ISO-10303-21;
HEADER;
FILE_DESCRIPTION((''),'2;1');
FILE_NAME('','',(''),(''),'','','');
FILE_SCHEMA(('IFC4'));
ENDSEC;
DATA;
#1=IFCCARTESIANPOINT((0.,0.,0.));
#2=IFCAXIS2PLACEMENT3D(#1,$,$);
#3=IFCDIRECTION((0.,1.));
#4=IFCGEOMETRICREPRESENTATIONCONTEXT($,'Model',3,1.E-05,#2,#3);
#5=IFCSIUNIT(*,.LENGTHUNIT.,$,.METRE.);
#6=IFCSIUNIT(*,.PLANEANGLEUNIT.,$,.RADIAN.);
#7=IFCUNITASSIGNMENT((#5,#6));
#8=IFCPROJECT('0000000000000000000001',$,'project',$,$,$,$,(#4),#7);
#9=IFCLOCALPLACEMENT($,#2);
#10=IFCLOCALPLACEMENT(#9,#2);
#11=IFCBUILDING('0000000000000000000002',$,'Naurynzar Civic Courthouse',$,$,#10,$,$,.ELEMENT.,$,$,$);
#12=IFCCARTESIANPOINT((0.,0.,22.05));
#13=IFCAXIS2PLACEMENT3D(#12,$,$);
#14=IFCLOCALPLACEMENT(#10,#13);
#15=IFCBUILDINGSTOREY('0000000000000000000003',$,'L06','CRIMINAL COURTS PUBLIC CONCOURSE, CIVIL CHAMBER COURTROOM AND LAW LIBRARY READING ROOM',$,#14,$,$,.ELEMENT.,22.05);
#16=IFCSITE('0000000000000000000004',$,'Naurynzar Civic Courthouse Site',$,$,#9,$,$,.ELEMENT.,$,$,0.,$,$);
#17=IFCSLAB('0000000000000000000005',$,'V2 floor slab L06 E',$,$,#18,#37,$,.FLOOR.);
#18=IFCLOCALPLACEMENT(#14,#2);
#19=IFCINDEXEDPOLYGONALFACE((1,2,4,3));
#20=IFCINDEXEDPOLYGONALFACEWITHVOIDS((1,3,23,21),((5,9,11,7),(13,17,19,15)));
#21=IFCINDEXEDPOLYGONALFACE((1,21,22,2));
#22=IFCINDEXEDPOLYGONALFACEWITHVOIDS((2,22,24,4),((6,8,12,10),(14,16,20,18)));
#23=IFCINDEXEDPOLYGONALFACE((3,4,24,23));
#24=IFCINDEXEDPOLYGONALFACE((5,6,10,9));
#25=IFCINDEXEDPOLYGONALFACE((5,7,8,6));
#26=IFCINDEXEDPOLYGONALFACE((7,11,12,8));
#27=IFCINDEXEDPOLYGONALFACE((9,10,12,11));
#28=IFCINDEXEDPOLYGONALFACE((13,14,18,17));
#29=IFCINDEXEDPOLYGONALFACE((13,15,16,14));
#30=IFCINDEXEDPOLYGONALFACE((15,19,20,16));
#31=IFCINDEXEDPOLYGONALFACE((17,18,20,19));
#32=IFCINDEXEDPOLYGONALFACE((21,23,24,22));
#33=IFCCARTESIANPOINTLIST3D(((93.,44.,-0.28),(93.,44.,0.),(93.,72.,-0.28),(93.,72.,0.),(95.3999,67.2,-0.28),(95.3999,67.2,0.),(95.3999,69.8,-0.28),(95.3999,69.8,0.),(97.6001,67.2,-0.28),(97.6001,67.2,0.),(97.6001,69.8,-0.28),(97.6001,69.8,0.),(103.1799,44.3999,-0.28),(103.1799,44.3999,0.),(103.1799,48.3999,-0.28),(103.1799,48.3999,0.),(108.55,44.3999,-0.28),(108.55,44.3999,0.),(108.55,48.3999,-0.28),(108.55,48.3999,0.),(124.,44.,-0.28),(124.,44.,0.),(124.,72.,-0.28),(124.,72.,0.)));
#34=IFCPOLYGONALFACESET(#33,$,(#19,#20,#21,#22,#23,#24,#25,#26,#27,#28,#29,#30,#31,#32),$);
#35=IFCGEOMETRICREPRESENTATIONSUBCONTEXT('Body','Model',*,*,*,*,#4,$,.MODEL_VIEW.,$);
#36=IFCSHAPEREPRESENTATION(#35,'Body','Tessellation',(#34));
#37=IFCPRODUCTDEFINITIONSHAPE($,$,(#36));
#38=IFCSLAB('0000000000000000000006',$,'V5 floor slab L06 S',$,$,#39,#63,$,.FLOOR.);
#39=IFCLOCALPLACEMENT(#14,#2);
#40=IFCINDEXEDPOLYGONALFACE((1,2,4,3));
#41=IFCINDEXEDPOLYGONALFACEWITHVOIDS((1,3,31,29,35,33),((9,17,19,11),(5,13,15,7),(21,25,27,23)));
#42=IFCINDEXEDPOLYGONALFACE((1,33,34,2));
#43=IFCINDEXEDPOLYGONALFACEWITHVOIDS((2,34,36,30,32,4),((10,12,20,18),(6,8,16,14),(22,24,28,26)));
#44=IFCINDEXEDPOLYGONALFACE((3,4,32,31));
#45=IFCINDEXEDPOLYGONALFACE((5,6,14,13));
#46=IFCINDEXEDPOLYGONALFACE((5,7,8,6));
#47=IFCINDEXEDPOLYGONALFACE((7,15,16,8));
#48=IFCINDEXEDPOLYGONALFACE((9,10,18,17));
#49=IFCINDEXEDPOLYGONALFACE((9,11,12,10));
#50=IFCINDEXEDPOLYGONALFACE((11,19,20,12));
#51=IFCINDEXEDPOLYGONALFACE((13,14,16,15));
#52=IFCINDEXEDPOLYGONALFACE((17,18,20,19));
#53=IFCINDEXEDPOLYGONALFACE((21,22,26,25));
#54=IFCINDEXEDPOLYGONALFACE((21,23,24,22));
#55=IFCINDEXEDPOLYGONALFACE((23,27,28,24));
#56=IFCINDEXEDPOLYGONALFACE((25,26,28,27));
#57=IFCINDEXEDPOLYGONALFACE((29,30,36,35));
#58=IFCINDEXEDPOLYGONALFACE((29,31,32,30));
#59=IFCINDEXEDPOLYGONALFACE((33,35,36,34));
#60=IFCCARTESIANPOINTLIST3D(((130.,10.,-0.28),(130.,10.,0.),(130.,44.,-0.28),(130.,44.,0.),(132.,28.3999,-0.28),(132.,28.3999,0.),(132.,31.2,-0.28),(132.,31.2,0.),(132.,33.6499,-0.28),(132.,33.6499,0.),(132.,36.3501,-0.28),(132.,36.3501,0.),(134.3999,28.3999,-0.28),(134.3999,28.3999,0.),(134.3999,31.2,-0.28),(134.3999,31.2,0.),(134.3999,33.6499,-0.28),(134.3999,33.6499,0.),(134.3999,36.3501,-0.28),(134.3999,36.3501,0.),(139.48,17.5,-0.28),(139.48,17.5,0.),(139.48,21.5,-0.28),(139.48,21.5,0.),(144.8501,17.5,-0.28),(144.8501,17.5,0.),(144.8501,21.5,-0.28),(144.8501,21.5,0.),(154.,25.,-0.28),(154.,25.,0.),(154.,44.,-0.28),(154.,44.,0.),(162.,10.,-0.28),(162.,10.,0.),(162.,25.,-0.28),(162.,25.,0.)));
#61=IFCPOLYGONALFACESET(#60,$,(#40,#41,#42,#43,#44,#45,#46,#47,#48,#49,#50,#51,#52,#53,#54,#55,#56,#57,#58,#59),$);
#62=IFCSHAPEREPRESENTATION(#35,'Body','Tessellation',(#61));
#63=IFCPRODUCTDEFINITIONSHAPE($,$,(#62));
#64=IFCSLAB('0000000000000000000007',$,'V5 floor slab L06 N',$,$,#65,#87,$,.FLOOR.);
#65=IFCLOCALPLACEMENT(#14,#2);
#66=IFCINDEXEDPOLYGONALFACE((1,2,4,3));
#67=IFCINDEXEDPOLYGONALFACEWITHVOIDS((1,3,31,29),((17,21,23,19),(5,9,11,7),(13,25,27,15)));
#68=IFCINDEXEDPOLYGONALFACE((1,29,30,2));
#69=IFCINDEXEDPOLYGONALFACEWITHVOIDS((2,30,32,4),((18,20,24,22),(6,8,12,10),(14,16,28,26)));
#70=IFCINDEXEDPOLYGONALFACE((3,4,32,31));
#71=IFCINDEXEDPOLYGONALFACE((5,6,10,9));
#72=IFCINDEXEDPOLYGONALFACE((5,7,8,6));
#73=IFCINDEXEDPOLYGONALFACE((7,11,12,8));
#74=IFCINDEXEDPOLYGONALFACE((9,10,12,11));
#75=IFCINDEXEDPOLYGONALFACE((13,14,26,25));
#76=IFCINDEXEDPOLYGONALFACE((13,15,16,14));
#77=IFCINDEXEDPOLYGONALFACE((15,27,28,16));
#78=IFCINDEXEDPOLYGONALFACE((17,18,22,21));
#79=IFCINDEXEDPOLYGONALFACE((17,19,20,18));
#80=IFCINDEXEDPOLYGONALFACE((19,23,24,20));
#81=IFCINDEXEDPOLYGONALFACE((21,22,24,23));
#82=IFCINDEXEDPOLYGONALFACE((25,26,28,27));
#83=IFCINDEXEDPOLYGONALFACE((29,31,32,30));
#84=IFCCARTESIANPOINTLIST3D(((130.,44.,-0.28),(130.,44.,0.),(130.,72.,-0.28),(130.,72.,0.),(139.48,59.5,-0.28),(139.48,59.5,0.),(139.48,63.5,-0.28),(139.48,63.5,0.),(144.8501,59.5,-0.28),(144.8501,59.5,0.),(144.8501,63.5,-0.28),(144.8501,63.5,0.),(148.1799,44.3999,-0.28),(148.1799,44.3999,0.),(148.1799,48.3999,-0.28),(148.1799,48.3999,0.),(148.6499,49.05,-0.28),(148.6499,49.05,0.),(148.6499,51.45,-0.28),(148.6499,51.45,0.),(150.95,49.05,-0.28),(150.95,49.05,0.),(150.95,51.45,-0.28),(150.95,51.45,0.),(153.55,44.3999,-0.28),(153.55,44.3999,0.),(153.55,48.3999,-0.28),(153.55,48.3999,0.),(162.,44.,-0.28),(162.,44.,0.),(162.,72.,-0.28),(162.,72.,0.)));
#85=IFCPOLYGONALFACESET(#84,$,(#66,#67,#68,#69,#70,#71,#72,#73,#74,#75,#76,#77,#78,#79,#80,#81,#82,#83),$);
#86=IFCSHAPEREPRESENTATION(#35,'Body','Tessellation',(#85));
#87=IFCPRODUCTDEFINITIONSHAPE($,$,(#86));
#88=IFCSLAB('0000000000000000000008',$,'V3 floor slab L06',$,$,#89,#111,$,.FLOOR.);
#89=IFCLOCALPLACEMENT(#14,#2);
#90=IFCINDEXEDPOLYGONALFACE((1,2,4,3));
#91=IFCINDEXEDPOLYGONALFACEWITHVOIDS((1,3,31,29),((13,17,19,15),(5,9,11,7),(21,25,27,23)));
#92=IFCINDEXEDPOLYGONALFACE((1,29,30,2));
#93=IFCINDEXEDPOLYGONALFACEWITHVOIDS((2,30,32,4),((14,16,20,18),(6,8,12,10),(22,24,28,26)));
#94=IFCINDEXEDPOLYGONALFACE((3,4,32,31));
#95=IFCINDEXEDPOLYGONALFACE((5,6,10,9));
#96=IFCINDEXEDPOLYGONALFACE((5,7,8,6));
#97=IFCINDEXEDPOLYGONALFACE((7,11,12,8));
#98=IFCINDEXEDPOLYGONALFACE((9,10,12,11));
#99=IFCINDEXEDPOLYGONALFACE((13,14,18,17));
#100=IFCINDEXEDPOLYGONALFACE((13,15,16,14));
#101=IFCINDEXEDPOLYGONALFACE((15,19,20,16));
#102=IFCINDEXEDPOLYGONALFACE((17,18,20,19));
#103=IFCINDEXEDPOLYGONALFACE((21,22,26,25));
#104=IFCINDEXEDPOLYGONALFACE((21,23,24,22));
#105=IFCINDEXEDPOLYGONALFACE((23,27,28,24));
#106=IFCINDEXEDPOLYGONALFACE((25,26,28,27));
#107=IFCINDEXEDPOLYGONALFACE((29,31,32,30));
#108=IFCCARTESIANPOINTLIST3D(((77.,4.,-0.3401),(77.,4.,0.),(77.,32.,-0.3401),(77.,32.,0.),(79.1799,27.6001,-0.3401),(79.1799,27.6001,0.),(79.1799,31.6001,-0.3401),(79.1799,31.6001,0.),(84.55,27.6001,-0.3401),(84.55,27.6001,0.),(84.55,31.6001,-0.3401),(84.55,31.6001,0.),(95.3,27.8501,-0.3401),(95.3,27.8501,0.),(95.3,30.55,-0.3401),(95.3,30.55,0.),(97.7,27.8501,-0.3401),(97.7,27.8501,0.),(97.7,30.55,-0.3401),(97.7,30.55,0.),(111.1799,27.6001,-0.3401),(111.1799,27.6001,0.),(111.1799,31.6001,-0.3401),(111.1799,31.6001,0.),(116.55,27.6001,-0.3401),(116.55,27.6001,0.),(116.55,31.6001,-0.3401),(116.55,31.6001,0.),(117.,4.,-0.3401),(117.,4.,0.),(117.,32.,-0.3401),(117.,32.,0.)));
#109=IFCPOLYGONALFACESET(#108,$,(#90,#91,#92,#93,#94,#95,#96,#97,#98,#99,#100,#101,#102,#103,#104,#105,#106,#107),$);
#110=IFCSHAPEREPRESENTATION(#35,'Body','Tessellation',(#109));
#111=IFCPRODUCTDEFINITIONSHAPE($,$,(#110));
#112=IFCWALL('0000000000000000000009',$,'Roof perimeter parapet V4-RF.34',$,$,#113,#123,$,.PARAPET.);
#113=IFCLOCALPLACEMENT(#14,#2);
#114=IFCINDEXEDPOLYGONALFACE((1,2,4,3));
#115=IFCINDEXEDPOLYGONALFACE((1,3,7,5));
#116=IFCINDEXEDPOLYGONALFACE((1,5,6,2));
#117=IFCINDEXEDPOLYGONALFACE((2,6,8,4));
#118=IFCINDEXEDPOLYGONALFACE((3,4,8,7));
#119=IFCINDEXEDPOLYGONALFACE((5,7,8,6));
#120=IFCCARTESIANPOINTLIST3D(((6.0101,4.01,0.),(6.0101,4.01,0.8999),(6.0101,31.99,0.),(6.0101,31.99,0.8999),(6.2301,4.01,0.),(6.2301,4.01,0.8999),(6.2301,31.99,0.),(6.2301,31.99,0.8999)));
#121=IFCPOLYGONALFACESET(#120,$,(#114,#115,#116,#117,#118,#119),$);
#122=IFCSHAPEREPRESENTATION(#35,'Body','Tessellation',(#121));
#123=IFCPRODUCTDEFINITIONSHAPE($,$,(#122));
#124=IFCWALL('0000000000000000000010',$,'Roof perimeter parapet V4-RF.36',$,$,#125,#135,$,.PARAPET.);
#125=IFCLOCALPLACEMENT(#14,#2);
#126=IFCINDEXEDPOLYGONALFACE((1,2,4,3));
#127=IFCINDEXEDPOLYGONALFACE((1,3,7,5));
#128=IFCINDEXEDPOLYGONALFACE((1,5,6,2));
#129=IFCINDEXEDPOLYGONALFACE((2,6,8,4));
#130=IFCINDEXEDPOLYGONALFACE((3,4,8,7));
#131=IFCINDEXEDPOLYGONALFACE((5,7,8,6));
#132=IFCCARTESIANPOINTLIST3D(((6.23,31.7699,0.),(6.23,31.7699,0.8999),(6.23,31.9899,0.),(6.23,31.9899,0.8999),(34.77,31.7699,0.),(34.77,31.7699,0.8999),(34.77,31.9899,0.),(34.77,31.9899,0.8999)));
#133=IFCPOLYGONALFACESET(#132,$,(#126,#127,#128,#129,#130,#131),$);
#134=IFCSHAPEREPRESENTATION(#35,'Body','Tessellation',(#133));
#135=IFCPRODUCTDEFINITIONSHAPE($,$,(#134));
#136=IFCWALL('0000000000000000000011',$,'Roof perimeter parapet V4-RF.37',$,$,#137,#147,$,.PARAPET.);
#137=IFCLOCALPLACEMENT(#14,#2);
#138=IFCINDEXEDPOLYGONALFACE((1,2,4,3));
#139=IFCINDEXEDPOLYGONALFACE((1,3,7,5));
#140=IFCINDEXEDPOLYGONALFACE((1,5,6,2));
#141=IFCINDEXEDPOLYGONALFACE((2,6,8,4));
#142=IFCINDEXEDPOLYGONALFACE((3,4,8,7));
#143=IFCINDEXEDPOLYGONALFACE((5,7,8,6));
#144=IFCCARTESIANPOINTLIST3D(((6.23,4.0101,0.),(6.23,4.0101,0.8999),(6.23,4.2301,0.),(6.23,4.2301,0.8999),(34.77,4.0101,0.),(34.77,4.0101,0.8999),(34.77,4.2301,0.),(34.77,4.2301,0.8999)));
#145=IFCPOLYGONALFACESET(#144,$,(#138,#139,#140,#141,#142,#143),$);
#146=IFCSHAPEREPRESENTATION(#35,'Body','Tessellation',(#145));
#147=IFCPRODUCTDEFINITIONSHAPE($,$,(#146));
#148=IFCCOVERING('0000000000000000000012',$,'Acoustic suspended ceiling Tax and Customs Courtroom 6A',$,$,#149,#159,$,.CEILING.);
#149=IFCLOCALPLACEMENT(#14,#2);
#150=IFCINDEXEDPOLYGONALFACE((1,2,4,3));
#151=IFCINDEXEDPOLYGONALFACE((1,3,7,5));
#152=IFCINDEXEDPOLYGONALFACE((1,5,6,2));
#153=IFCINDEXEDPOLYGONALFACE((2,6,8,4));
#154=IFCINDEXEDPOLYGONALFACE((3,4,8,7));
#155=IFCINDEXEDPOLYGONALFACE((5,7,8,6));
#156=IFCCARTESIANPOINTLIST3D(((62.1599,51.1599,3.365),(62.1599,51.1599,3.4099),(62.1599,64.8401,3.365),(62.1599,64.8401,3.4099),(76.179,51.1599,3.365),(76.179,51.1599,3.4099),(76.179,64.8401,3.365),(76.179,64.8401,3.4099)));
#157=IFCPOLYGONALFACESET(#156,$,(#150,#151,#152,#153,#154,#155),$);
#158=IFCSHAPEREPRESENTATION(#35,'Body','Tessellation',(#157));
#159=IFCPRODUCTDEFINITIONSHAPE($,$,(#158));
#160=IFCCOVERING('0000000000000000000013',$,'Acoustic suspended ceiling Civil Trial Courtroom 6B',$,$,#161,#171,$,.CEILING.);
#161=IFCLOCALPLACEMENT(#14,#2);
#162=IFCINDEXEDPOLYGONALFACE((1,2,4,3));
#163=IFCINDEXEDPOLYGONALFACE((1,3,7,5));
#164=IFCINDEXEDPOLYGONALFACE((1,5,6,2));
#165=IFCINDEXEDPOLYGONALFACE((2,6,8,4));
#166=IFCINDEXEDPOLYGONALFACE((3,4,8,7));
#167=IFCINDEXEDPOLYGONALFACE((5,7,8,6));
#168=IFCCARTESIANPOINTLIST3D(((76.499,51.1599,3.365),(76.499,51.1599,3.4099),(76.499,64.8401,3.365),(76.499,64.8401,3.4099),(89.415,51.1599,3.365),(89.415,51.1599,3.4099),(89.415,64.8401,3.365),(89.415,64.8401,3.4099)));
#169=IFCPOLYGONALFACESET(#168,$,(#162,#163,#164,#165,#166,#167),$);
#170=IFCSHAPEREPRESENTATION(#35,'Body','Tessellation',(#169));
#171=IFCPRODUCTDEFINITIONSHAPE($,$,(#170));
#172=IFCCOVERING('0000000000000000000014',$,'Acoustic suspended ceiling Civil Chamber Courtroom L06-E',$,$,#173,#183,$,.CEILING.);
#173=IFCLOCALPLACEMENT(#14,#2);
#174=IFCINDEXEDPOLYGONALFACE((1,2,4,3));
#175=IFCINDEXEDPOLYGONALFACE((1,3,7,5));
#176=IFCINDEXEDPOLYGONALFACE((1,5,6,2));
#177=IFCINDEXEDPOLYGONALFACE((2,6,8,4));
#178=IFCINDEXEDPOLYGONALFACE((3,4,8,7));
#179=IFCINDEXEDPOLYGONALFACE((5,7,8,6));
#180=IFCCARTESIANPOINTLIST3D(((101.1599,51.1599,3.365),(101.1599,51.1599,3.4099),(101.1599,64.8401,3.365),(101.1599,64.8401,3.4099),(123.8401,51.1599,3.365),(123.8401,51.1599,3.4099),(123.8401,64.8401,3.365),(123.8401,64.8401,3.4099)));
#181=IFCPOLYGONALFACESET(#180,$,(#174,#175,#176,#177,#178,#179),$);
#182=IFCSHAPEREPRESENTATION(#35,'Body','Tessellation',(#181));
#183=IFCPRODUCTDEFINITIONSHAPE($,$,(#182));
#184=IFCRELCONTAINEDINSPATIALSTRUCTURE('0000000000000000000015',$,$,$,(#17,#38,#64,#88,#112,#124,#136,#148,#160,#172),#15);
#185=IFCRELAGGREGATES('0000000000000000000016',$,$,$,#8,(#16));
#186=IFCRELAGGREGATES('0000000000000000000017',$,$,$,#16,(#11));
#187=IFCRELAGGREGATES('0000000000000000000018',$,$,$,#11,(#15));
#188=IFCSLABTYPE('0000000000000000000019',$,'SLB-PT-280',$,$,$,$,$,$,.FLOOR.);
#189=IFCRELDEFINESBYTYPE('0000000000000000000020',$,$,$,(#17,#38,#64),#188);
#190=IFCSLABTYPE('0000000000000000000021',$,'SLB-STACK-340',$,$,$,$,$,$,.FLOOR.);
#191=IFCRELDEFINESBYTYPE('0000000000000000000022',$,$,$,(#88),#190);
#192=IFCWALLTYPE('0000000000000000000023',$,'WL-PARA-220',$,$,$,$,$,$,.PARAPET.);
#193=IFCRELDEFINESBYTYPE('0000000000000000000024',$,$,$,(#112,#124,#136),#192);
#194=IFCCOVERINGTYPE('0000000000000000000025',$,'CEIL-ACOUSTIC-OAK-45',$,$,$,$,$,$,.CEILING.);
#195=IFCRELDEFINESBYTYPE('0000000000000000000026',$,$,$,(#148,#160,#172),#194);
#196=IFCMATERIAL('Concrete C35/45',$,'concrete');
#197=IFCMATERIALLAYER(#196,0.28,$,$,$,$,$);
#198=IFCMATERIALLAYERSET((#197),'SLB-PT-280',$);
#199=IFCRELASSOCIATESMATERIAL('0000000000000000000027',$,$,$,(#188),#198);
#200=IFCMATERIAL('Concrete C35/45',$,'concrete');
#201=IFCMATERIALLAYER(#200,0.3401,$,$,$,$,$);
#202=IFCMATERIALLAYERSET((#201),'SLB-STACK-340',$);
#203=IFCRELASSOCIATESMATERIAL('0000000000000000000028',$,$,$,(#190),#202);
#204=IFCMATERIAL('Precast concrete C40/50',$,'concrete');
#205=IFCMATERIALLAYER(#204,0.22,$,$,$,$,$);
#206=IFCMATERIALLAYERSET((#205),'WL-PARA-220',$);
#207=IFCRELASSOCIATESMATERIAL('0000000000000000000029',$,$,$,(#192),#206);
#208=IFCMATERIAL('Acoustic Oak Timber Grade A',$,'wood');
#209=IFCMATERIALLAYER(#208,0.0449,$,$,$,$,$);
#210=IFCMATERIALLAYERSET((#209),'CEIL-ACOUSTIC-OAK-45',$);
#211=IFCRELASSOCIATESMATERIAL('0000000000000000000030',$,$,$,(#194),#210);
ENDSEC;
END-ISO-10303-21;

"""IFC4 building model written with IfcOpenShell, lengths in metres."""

from ifc_helpers import new_model, si_unit, direction, frame, frame_2d, origin, place, context, subcontext, project, spatial, polyline, rectangle, outline, extrude, material, layer, layer_set, type_object, element, save


model = new_model("IFC4")

# Units and contexts
model_context = context("Model", 3, precision=1e-05, world=origin(), true_north=direction((0.0, 1.0)))
body_context = subcontext(model_context, "Body", "Model", "MODEL_VIEW")
ifc_project = project(units=[si_unit("LENGTHUNIT", "METRE"), si_unit("PLANEANGLEUNIT", "RADIAN")], contexts=[model_context])

# Site, building, storey
site_placement = place(None, origin())
site = spatial("IfcSite", under=ifc_project, at=site_placement, Name="Naurynzar Civic Courthouse Site", CompositionType="ELEMENT", RefElevation=0.0)
building_placement = place(site_placement, origin())
building = spatial("IfcBuilding", under=site, at=building_placement, Name="Naurynzar Civic Courthouse", CompositionType="ELEMENT")
storey_placement = place(building_placement, frame((0.0, 0.0, 22.05)))
storey = spatial("IfcBuildingStorey", under=building, at=storey_placement, Name="L06", Description="CRIMINAL COURTS PUBLIC CONCOURSE, CIVIL CHAMBER COURTROOM AND LAW LIBRARY READING ROOM", CompositionType="ELEMENT", Elevation=22.05)

# Slabs
ifc_material_1 = material(Name="Concrete C35/45", Category="concrete")
ifc_layer_1 = layer(ifc_material_1, 0.28)
ifc_layer_set_1 = layer_set([ifc_layer_1], Name="SLB-PT-280")
slab_type_1 = type_object("IfcSlabType", Name="SLB-PT-280", PredefinedType="FLOOR", material=ifc_layer_set_1)
slab_1_placement = place(storey_placement, frame((0.0, 0.0, -0.28)))
element("IfcSlab", 1, at=slab_1_placement, inside=storey, type_object=slab_type_1, Name="V2 floor slab L06 E", PredefinedType="FLOOR", context=body_context, shape_type="SweptSolid", body=[
    extrude(outline(polyline([(124.0, 44.0), (124.0, 72.0), (93.0, 72.0), (93.0, 44.0), (124.0, 44.0)]), holes=[polyline([(103.1799, 44.3999), (108.55, 44.3999), (108.55, 48.3999), (103.1799, 48.3999), (103.1799, 44.3999)]), polyline([(95.3999, 67.2), (97.6001, 67.2), (97.6001, 69.8), (95.3999, 69.8), (95.3999, 67.2)])]), origin(), (0.0, 0.0, 1.0), 0.28),
])
slab_2_placement = place(storey_placement, frame((0.0, 0.0, -0.28)))
element("IfcSlab", 2, at=slab_2_placement, inside=storey, type_object=slab_type_1, Name="V5 floor slab L06 S", PredefinedType="FLOOR", context=body_context, shape_type="SweptSolid", body=[
    extrude(outline(polyline([(162.0, 10.0), (130.0, 10.0), (130.0, 44.0), (154.0, 44.0), (154.0, 25.0), (162.0, 25.0), (162.0, 10.0)]), holes=[polyline([(139.48, 17.5), (144.8501, 17.5), (144.8501, 21.5), (139.48, 21.5), (139.48, 17.5)]), polyline([(132.0, 33.6499), (134.3999, 33.6499), (134.3999, 36.3501), (132.0, 36.3501), (132.0, 33.6499)]), polyline([(132.0, 28.3999), (134.3999, 28.3999), (134.3999, 31.2), (132.0, 31.2), (132.0, 28.3999)])]), origin(), (0.0, 0.0, 1.0), 0.28),
])
slab_3_placement = place(storey_placement, frame((0.0, 0.0, -0.28)))
element("IfcSlab", 3, at=slab_3_placement, inside=storey, type_object=slab_type_1, Name="V5 floor slab L06 N", PredefinedType="FLOOR", context=body_context, shape_type="SweptSolid", body=[
    extrude(outline(polyline([(162.0, 44.0), (162.0, 72.0), (130.0, 72.0), (130.0, 44.0), (162.0, 44.0)]), holes=[polyline([(139.48, 59.5), (144.8501, 59.5), (144.8501, 63.5), (139.48, 63.5), (139.48, 59.5)]), polyline([(148.1799, 44.3999), (153.55, 44.3999), (153.55, 48.3999), (148.1799, 48.3999), (148.1799, 44.3999)]), polyline([(148.6499, 49.05), (150.95, 49.05), (150.95, 51.45), (148.6499, 51.45), (148.6499, 49.05)])]), origin(), (0.0, 0.0, 1.0), 0.28),
])
ifc_material_2 = material(Name="Concrete C35/45", Category="concrete")
ifc_layer_2 = layer(ifc_material_2, 0.3401)
ifc_layer_set_2 = layer_set([ifc_layer_2], Name="SLB-STACK-340")
slab_type_2 = type_object("IfcSlabType", Name="SLB-STACK-340", PredefinedType="FLOOR", material=ifc_layer_set_2)
slab_4_placement = place(storey_placement, frame((0.0, 0.0, -0.3401)))
element("IfcSlab", 4, at=slab_4_placement, inside=storey, type_object=slab_type_2, Name="V3 floor slab L06", PredefinedType="FLOOR", context=body_context, shape_type="SweptSolid", body=[
    extrude(outline(polyline([(117.0, 4.0), (117.0, 32.0), (77.0, 32.0), (77.0, 4.0), (117.0, 4.0)]), holes=[polyline([(79.1799, 27.6001), (84.55, 27.6001), (84.55, 31.6001), (79.1799, 31.6001), (79.1799, 27.6001)]), polyline([(111.1799, 27.6001), (116.55, 27.6001), (116.55, 31.6001), (111.1799, 31.6001), (111.1799, 27.6001)]), polyline([(95.3, 27.8501), (97.7, 27.8501), (97.7, 30.55), (95.3, 30.55), (95.3, 27.8501)])]), origin(), (0.0, 0.0, 1.0), 0.3401),
])

# Walls
ifc_material_3 = material(Name="Precast concrete C40/50", Category="concrete")
ifc_layer_3 = layer(ifc_material_3, 0.22)
ifc_layer_set_3 = layer_set([ifc_layer_3], Name="WL-PARA-220")
wall_type = type_object("IfcWallType", Name="WL-PARA-220", PredefinedType="PARAPET", material=ifc_layer_set_3)
wall_placement = place(storey_placement, frame((6.1201, 4.01, 0.0), z_axis=(0.0, 0.0, 1.0), x_axis=(0.0, 1.0, 0.0)))
element("IfcWall", 5, at=wall_placement, inside=storey, type_object=wall_type, Name="Roof perimeter parapet V4-RF.34", PredefinedType="PARAPET", context=body_context, shape_type="SweptSolid", body=[
    extrude(rectangle(XDim=27.98, YDim=0.22, at=frame_2d((13.99, 0.0))), origin(), (0.0, 0.0, 1.0), 0.8999),
])
for number, where, z_axis, x_axis, name in (
    (6, (6.23, 31.8799, 0.0), (0.0, 0.0, 1.0), (1.0, 0.0, 0.0), "Roof perimeter parapet V4-RF.36"),
    (7, (34.77, 4.1201, 0.0), (0.0, 0.0, 1.0), (-1.0, 0.0, 0.0), "Roof perimeter parapet V4-RF.37"),
):
    element("IfcWall", number, at=place(storey_placement, frame(where, z_axis=z_axis, x_axis=x_axis)), inside=storey, type_object=wall_type, Name=name, PredefinedType="PARAPET", context=body_context, shape_type="SweptSolid", body=[
        extrude(rectangle(XDim=28.54, YDim=0.22, at=frame_2d((14.27, 0.0))), origin(), (0.0, 0.0, 1.0), 0.8999),
    ])

# Coverings
ifc_material_4 = material(Name="Acoustic Oak Timber Grade A", Category="wood")
ifc_layer_4 = layer(ifc_material_4, 0.0449)
ifc_layer_set_4 = layer_set([ifc_layer_4], Name="CEIL-ACOUSTIC-OAK-45")
covering_type_1 = type_object("IfcCoveringType", Name="CEIL-ACOUSTIC-OAK-45", PredefinedType="CEILING", material=ifc_layer_set_4)
covering_1_placement = place(storey_placement, frame((0.0, 0.0, 3.365)))
element("IfcCovering", 8, at=covering_1_placement, inside=storey, type_object=covering_type_1, Name="Acoustic suspended ceiling Tax and Customs Courtroom 6A", PredefinedType="CEILING", context=body_context, shape_type="SweptSolid", body=[
    extrude(outline(polyline([(76.179, 51.1599), (62.1599, 51.1599), (62.1599, 64.8401), (76.179, 64.8401), (76.179, 51.1599)])), origin(), (0.0, 0.0, 1.0), 0.0449),
])
covering_2_placement = place(storey_placement, frame((0.0, 0.0, 3.365)))
element("IfcCovering", 9, at=covering_2_placement, inside=storey, type_object=covering_type_1, Name="Acoustic suspended ceiling Civil Trial Courtroom 6B", PredefinedType="CEILING", context=body_context, shape_type="SweptSolid", body=[
    extrude(outline(polyline([(89.415, 51.1599), (76.499, 51.1599), (76.499, 64.8401), (89.415, 64.8401), (89.415, 51.1599)])), origin(), (0.0, 0.0, 1.0), 0.0449),
])
covering_3_placement = place(storey_placement, frame((0.0, 0.0, 3.365)))
element("IfcCovering", 10, at=covering_3_placement, inside=storey, type_object=covering_type_1, Name="Acoustic suspended ceiling Civil Chamber Courtroom L06-E", PredefinedType="CEILING", context=body_context, shape_type="SweptSolid", body=[
    extrude(outline(polyline([(123.8401, 51.1599), (101.1599, 51.1599), (101.1599, 64.8401), (123.8401, 64.8401), (123.8401, 51.1599)])), origin(), (0.0, 0.0, 1.0), 0.0449),
])

save(model, "model.ifc")
